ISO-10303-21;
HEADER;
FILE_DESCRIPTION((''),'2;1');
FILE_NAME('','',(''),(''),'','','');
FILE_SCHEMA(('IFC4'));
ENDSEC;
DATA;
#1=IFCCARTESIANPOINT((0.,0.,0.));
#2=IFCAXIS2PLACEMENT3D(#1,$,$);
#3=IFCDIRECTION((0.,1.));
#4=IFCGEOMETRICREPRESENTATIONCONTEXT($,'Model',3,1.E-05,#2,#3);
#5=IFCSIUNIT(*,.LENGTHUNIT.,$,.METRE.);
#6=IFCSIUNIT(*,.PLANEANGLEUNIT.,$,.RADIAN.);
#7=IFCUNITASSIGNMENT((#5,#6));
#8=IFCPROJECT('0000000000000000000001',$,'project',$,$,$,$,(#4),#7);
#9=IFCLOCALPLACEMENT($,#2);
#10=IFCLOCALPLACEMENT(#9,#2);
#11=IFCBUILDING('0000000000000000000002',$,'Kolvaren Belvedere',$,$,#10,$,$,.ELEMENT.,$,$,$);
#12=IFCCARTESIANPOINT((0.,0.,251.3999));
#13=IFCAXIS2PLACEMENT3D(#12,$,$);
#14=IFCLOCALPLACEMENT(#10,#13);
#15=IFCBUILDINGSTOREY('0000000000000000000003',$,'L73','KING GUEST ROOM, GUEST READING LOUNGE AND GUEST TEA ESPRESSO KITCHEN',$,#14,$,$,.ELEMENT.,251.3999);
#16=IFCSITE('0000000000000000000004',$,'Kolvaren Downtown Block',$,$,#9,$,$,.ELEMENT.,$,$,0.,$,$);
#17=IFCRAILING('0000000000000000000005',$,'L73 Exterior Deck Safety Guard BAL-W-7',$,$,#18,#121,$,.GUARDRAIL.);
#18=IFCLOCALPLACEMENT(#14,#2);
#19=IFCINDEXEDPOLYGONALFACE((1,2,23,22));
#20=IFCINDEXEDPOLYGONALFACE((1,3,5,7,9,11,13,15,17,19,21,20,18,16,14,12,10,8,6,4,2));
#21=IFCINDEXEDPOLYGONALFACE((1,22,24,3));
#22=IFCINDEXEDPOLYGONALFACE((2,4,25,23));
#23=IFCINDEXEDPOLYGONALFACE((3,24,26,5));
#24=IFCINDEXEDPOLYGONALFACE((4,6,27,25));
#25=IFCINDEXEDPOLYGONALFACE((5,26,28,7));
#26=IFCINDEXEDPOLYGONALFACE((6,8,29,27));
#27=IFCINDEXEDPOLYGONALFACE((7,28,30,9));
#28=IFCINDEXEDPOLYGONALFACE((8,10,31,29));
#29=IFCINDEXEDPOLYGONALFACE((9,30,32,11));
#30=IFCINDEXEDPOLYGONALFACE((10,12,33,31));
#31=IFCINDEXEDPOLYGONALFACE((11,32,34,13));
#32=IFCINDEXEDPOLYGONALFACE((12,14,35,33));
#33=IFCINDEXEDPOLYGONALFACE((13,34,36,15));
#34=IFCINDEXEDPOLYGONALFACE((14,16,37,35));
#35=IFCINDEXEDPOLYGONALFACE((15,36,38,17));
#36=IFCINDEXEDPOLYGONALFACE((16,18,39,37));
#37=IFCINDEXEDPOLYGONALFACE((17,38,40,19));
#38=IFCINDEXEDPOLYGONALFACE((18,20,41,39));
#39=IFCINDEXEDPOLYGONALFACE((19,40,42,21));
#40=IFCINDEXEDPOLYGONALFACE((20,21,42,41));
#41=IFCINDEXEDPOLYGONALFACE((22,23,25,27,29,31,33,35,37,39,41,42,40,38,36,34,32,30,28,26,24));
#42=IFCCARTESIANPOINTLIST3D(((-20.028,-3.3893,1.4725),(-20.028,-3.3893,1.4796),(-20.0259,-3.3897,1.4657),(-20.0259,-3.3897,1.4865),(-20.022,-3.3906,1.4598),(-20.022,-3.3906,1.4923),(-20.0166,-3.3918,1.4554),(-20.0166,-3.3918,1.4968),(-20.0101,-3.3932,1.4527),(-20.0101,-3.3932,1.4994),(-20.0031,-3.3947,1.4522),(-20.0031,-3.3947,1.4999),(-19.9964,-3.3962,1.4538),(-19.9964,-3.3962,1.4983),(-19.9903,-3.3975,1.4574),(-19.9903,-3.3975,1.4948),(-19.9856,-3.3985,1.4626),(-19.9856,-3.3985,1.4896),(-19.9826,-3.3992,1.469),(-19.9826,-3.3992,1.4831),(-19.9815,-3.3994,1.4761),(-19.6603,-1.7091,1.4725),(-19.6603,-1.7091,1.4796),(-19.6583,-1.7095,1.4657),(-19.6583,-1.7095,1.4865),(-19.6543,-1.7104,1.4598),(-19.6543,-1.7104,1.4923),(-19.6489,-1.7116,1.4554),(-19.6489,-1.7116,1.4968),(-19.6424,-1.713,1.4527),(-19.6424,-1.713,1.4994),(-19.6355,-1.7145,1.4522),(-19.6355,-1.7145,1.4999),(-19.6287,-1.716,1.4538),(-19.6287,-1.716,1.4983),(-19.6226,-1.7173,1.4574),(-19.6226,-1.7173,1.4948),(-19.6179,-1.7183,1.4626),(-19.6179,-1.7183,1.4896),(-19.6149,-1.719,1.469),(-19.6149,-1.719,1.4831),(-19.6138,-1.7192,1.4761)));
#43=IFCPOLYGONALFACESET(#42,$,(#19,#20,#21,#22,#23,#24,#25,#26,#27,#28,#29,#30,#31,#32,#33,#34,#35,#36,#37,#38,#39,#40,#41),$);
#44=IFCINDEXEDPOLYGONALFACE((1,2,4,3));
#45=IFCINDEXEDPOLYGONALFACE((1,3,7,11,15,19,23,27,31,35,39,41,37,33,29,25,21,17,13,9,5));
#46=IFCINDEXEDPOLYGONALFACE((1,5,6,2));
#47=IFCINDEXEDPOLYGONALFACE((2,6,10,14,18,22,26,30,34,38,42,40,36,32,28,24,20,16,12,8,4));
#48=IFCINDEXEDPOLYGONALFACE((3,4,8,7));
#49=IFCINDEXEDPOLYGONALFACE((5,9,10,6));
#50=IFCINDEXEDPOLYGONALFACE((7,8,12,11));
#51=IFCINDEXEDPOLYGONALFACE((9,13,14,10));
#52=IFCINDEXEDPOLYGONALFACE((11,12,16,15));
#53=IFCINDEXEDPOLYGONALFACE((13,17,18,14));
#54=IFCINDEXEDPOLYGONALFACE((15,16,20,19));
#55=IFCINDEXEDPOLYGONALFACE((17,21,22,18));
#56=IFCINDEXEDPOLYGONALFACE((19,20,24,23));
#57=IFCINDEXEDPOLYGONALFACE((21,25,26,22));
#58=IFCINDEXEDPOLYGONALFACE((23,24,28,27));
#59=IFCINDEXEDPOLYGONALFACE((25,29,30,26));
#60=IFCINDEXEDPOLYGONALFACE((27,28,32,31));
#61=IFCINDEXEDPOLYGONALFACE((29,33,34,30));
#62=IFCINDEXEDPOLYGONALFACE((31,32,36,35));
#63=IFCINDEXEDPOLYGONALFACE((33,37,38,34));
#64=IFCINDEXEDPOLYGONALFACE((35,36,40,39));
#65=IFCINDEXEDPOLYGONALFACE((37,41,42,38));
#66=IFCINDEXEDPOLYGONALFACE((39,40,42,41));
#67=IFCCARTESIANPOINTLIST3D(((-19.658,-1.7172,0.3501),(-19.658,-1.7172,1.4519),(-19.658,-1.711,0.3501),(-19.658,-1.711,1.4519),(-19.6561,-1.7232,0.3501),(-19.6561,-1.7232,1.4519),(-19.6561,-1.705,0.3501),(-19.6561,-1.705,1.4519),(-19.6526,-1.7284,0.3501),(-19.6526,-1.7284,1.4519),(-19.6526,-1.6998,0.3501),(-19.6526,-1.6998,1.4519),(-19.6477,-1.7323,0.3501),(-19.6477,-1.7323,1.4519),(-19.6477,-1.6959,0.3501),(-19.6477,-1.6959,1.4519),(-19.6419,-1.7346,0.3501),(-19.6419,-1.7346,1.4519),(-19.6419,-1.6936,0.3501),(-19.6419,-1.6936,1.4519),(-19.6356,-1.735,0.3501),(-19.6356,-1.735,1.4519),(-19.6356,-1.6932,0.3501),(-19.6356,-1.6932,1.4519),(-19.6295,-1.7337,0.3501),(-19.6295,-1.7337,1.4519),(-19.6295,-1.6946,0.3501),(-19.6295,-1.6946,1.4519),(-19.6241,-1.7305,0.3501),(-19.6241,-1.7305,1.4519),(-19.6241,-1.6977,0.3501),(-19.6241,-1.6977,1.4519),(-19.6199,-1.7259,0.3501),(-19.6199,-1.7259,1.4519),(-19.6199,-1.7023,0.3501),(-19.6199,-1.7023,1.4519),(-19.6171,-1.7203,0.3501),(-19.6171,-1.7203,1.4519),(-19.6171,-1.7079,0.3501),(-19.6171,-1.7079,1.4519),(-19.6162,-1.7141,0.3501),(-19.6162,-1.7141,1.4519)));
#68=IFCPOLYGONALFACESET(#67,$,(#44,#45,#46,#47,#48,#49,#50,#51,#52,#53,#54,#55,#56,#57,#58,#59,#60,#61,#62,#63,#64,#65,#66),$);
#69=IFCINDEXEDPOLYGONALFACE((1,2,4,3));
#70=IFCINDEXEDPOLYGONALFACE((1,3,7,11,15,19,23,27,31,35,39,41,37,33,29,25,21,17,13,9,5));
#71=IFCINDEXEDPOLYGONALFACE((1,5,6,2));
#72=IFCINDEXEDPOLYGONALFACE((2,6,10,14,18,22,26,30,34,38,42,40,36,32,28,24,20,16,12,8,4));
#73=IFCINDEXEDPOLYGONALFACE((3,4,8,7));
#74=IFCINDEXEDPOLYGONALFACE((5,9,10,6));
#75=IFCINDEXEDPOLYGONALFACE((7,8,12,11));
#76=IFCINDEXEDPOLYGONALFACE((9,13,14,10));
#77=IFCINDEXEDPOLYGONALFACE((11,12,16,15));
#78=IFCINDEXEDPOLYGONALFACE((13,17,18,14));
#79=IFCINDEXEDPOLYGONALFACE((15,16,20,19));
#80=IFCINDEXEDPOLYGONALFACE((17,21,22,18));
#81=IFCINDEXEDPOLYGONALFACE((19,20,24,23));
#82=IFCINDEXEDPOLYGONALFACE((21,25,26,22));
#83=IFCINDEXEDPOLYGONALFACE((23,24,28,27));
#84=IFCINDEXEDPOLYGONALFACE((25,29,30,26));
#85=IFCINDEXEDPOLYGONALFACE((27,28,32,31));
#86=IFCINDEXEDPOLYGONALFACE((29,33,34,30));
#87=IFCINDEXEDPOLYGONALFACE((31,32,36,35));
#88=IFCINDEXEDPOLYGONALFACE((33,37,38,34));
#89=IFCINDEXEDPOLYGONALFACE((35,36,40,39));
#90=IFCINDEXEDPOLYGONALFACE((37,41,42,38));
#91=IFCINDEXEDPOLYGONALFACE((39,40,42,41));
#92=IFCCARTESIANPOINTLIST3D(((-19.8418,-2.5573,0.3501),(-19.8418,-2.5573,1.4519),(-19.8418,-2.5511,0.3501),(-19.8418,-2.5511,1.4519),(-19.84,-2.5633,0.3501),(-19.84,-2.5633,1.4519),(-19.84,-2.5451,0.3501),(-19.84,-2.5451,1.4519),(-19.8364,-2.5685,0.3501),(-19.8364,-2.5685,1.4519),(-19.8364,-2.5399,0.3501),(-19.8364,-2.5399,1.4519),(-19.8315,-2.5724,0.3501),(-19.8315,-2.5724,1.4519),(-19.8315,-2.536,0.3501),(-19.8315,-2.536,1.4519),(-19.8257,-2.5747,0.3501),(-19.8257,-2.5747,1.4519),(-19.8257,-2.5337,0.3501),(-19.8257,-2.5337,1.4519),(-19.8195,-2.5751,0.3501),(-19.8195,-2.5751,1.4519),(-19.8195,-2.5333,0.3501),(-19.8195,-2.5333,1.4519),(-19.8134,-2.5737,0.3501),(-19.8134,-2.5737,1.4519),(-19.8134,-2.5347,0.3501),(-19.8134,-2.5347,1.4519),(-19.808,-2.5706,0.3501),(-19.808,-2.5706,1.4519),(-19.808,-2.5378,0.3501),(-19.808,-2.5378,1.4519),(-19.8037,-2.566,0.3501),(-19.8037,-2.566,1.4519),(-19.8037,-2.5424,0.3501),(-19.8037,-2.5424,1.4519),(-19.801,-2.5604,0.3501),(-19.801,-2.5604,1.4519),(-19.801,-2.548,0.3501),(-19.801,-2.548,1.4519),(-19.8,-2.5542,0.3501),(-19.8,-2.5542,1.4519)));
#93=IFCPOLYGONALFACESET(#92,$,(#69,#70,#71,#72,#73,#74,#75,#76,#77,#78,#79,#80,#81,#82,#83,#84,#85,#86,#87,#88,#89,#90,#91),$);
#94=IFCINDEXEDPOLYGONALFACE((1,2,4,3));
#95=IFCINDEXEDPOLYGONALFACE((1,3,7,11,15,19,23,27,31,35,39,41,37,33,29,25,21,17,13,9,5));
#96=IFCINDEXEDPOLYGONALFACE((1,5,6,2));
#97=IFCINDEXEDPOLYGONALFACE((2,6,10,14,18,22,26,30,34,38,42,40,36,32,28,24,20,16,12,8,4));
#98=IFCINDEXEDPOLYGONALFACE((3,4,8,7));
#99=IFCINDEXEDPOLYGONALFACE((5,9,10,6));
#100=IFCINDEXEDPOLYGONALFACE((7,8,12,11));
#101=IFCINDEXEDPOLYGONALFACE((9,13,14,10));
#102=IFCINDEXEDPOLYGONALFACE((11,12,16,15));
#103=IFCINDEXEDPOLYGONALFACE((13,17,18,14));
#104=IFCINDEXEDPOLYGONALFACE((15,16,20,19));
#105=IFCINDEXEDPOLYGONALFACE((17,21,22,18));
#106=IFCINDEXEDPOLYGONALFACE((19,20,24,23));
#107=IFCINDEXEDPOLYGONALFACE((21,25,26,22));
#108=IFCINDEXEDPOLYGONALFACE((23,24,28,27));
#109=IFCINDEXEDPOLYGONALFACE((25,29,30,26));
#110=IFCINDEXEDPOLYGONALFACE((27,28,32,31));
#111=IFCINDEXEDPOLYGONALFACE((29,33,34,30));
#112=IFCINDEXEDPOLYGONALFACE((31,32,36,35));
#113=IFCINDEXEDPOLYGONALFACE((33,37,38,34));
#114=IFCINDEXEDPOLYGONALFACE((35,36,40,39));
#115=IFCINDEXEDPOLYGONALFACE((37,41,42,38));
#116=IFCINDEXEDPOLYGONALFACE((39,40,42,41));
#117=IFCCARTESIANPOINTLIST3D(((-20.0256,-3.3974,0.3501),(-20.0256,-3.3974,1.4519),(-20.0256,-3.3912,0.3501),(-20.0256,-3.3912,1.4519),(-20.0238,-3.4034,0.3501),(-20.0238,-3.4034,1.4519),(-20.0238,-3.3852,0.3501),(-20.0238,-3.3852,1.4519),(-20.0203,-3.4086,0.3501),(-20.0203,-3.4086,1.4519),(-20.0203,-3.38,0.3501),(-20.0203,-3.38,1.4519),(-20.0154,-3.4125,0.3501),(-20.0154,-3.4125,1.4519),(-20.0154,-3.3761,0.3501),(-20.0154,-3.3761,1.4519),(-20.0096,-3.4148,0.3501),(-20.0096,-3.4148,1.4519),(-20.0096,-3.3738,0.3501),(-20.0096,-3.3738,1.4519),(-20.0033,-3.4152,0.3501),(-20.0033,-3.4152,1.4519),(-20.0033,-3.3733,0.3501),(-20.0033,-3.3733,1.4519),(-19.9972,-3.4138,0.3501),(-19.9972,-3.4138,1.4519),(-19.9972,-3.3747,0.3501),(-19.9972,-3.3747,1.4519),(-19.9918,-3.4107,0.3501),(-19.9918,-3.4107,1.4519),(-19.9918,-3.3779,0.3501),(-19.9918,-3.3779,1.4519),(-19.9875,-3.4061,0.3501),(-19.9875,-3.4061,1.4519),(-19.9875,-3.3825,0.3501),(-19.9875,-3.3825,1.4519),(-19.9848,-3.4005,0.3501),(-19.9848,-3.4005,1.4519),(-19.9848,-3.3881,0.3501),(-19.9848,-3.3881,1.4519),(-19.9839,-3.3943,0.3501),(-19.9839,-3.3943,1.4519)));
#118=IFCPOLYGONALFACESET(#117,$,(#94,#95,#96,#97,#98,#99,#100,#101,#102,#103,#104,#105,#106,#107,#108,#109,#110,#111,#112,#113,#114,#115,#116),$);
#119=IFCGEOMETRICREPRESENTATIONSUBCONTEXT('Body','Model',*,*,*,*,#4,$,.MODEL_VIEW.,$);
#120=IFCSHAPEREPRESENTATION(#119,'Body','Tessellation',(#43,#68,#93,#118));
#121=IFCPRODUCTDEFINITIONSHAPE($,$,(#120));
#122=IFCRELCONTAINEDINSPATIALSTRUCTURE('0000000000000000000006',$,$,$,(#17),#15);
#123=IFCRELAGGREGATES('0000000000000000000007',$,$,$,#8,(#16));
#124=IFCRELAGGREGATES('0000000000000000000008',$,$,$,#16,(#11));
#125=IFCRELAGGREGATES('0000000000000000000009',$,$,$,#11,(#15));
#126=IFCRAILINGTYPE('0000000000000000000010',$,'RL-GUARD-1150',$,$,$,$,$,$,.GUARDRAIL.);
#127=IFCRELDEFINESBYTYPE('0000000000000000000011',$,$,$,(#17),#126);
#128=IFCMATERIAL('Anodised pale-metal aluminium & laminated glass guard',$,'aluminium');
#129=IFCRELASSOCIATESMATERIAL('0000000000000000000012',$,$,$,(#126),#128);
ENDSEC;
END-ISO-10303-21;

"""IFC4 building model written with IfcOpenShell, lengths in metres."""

from ifc_helpers import new_model, si_unit, direction, frame, origin, origin_2d, place, context, subcontext, project, spatial, circle, extrude, material, type_object, element, save


model = new_model("IFC4")

# Units and contexts
model_context = context("Model", 3, precision=1e-05, world=origin(), true_north=direction((0.0, 1.0)))
body_context = subcontext(model_context, "Body", "Model", "MODEL_VIEW")
ifc_project = project(units=[si_unit("LENGTHUNIT", "METRE"), si_unit("PLANEANGLEUNIT", "RADIAN")], contexts=[model_context])

# Site, building, storey
site_placement = place(None, origin())
site = spatial("IfcSite", under=ifc_project, at=site_placement, Name="Kolvaren Downtown Block", CompositionType="ELEMENT", RefElevation=0.0)
building_placement = place(site_placement, origin())
building = spatial("IfcBuilding", under=site, at=building_placement, Name="Kolvaren Belvedere", CompositionType="ELEMENT")
storey_placement = place(building_placement, frame((0.0, 0.0, 251.3999)))
storey = spatial("IfcBuildingStorey", under=building, at=storey_placement, Name="L73", Description="KING GUEST ROOM, GUEST READING LOUNGE AND GUEST TEA ESPRESSO KITCHEN", CompositionType="ELEMENT", Elevation=251.3999)

# Railing
ifc_material_1 = material(Name="Anodised pale-metal aluminium & laminated glass guard", Category="aluminium")
railing_type = type_object("IfcRailingType", Name="RL-GUARD-1150", PredefinedType="GUARDRAIL", material=ifc_material_1)
railing_1_placement = place(storey_placement, frame((-19.6372, -1.7141, 0.3501)))
element("IfcRailing", 1, at=railing_1_placement, inside=storey, type_object=railing_type, Name="L73 Exterior Deck Safety Guard BAL-W-7", PredefinedType="GUARDRAIL", context=body_context, shape_type="SweptSolid", body=[
    extrude(circle(Radius=0.0239, at=origin_2d()), frame((0.0, 0.0, 1.126), z_axis=(-0.213773, -0.976883, 0.0), x_axis=(0.976883, -0.213773, 0.0)), (0.0, 0.0, 1.0), 1.72),
    extrude(circle(Radius=0.021, at=origin_2d()), origin(), (0.0, 0.0, 1.0), 1.1018),
    extrude(circle(Radius=0.021, at=origin_2d()), frame((-0.1838, -0.8401, 0.0)), (0.0, 0.0, 1.0), 1.1018),
    extrude(circle(Radius=0.021, at=origin_2d()), frame((-0.3677, -1.6802, 0.0)), (0.0, 0.0, 1.0), 1.1018),
])

save(model, "model.ifc")
